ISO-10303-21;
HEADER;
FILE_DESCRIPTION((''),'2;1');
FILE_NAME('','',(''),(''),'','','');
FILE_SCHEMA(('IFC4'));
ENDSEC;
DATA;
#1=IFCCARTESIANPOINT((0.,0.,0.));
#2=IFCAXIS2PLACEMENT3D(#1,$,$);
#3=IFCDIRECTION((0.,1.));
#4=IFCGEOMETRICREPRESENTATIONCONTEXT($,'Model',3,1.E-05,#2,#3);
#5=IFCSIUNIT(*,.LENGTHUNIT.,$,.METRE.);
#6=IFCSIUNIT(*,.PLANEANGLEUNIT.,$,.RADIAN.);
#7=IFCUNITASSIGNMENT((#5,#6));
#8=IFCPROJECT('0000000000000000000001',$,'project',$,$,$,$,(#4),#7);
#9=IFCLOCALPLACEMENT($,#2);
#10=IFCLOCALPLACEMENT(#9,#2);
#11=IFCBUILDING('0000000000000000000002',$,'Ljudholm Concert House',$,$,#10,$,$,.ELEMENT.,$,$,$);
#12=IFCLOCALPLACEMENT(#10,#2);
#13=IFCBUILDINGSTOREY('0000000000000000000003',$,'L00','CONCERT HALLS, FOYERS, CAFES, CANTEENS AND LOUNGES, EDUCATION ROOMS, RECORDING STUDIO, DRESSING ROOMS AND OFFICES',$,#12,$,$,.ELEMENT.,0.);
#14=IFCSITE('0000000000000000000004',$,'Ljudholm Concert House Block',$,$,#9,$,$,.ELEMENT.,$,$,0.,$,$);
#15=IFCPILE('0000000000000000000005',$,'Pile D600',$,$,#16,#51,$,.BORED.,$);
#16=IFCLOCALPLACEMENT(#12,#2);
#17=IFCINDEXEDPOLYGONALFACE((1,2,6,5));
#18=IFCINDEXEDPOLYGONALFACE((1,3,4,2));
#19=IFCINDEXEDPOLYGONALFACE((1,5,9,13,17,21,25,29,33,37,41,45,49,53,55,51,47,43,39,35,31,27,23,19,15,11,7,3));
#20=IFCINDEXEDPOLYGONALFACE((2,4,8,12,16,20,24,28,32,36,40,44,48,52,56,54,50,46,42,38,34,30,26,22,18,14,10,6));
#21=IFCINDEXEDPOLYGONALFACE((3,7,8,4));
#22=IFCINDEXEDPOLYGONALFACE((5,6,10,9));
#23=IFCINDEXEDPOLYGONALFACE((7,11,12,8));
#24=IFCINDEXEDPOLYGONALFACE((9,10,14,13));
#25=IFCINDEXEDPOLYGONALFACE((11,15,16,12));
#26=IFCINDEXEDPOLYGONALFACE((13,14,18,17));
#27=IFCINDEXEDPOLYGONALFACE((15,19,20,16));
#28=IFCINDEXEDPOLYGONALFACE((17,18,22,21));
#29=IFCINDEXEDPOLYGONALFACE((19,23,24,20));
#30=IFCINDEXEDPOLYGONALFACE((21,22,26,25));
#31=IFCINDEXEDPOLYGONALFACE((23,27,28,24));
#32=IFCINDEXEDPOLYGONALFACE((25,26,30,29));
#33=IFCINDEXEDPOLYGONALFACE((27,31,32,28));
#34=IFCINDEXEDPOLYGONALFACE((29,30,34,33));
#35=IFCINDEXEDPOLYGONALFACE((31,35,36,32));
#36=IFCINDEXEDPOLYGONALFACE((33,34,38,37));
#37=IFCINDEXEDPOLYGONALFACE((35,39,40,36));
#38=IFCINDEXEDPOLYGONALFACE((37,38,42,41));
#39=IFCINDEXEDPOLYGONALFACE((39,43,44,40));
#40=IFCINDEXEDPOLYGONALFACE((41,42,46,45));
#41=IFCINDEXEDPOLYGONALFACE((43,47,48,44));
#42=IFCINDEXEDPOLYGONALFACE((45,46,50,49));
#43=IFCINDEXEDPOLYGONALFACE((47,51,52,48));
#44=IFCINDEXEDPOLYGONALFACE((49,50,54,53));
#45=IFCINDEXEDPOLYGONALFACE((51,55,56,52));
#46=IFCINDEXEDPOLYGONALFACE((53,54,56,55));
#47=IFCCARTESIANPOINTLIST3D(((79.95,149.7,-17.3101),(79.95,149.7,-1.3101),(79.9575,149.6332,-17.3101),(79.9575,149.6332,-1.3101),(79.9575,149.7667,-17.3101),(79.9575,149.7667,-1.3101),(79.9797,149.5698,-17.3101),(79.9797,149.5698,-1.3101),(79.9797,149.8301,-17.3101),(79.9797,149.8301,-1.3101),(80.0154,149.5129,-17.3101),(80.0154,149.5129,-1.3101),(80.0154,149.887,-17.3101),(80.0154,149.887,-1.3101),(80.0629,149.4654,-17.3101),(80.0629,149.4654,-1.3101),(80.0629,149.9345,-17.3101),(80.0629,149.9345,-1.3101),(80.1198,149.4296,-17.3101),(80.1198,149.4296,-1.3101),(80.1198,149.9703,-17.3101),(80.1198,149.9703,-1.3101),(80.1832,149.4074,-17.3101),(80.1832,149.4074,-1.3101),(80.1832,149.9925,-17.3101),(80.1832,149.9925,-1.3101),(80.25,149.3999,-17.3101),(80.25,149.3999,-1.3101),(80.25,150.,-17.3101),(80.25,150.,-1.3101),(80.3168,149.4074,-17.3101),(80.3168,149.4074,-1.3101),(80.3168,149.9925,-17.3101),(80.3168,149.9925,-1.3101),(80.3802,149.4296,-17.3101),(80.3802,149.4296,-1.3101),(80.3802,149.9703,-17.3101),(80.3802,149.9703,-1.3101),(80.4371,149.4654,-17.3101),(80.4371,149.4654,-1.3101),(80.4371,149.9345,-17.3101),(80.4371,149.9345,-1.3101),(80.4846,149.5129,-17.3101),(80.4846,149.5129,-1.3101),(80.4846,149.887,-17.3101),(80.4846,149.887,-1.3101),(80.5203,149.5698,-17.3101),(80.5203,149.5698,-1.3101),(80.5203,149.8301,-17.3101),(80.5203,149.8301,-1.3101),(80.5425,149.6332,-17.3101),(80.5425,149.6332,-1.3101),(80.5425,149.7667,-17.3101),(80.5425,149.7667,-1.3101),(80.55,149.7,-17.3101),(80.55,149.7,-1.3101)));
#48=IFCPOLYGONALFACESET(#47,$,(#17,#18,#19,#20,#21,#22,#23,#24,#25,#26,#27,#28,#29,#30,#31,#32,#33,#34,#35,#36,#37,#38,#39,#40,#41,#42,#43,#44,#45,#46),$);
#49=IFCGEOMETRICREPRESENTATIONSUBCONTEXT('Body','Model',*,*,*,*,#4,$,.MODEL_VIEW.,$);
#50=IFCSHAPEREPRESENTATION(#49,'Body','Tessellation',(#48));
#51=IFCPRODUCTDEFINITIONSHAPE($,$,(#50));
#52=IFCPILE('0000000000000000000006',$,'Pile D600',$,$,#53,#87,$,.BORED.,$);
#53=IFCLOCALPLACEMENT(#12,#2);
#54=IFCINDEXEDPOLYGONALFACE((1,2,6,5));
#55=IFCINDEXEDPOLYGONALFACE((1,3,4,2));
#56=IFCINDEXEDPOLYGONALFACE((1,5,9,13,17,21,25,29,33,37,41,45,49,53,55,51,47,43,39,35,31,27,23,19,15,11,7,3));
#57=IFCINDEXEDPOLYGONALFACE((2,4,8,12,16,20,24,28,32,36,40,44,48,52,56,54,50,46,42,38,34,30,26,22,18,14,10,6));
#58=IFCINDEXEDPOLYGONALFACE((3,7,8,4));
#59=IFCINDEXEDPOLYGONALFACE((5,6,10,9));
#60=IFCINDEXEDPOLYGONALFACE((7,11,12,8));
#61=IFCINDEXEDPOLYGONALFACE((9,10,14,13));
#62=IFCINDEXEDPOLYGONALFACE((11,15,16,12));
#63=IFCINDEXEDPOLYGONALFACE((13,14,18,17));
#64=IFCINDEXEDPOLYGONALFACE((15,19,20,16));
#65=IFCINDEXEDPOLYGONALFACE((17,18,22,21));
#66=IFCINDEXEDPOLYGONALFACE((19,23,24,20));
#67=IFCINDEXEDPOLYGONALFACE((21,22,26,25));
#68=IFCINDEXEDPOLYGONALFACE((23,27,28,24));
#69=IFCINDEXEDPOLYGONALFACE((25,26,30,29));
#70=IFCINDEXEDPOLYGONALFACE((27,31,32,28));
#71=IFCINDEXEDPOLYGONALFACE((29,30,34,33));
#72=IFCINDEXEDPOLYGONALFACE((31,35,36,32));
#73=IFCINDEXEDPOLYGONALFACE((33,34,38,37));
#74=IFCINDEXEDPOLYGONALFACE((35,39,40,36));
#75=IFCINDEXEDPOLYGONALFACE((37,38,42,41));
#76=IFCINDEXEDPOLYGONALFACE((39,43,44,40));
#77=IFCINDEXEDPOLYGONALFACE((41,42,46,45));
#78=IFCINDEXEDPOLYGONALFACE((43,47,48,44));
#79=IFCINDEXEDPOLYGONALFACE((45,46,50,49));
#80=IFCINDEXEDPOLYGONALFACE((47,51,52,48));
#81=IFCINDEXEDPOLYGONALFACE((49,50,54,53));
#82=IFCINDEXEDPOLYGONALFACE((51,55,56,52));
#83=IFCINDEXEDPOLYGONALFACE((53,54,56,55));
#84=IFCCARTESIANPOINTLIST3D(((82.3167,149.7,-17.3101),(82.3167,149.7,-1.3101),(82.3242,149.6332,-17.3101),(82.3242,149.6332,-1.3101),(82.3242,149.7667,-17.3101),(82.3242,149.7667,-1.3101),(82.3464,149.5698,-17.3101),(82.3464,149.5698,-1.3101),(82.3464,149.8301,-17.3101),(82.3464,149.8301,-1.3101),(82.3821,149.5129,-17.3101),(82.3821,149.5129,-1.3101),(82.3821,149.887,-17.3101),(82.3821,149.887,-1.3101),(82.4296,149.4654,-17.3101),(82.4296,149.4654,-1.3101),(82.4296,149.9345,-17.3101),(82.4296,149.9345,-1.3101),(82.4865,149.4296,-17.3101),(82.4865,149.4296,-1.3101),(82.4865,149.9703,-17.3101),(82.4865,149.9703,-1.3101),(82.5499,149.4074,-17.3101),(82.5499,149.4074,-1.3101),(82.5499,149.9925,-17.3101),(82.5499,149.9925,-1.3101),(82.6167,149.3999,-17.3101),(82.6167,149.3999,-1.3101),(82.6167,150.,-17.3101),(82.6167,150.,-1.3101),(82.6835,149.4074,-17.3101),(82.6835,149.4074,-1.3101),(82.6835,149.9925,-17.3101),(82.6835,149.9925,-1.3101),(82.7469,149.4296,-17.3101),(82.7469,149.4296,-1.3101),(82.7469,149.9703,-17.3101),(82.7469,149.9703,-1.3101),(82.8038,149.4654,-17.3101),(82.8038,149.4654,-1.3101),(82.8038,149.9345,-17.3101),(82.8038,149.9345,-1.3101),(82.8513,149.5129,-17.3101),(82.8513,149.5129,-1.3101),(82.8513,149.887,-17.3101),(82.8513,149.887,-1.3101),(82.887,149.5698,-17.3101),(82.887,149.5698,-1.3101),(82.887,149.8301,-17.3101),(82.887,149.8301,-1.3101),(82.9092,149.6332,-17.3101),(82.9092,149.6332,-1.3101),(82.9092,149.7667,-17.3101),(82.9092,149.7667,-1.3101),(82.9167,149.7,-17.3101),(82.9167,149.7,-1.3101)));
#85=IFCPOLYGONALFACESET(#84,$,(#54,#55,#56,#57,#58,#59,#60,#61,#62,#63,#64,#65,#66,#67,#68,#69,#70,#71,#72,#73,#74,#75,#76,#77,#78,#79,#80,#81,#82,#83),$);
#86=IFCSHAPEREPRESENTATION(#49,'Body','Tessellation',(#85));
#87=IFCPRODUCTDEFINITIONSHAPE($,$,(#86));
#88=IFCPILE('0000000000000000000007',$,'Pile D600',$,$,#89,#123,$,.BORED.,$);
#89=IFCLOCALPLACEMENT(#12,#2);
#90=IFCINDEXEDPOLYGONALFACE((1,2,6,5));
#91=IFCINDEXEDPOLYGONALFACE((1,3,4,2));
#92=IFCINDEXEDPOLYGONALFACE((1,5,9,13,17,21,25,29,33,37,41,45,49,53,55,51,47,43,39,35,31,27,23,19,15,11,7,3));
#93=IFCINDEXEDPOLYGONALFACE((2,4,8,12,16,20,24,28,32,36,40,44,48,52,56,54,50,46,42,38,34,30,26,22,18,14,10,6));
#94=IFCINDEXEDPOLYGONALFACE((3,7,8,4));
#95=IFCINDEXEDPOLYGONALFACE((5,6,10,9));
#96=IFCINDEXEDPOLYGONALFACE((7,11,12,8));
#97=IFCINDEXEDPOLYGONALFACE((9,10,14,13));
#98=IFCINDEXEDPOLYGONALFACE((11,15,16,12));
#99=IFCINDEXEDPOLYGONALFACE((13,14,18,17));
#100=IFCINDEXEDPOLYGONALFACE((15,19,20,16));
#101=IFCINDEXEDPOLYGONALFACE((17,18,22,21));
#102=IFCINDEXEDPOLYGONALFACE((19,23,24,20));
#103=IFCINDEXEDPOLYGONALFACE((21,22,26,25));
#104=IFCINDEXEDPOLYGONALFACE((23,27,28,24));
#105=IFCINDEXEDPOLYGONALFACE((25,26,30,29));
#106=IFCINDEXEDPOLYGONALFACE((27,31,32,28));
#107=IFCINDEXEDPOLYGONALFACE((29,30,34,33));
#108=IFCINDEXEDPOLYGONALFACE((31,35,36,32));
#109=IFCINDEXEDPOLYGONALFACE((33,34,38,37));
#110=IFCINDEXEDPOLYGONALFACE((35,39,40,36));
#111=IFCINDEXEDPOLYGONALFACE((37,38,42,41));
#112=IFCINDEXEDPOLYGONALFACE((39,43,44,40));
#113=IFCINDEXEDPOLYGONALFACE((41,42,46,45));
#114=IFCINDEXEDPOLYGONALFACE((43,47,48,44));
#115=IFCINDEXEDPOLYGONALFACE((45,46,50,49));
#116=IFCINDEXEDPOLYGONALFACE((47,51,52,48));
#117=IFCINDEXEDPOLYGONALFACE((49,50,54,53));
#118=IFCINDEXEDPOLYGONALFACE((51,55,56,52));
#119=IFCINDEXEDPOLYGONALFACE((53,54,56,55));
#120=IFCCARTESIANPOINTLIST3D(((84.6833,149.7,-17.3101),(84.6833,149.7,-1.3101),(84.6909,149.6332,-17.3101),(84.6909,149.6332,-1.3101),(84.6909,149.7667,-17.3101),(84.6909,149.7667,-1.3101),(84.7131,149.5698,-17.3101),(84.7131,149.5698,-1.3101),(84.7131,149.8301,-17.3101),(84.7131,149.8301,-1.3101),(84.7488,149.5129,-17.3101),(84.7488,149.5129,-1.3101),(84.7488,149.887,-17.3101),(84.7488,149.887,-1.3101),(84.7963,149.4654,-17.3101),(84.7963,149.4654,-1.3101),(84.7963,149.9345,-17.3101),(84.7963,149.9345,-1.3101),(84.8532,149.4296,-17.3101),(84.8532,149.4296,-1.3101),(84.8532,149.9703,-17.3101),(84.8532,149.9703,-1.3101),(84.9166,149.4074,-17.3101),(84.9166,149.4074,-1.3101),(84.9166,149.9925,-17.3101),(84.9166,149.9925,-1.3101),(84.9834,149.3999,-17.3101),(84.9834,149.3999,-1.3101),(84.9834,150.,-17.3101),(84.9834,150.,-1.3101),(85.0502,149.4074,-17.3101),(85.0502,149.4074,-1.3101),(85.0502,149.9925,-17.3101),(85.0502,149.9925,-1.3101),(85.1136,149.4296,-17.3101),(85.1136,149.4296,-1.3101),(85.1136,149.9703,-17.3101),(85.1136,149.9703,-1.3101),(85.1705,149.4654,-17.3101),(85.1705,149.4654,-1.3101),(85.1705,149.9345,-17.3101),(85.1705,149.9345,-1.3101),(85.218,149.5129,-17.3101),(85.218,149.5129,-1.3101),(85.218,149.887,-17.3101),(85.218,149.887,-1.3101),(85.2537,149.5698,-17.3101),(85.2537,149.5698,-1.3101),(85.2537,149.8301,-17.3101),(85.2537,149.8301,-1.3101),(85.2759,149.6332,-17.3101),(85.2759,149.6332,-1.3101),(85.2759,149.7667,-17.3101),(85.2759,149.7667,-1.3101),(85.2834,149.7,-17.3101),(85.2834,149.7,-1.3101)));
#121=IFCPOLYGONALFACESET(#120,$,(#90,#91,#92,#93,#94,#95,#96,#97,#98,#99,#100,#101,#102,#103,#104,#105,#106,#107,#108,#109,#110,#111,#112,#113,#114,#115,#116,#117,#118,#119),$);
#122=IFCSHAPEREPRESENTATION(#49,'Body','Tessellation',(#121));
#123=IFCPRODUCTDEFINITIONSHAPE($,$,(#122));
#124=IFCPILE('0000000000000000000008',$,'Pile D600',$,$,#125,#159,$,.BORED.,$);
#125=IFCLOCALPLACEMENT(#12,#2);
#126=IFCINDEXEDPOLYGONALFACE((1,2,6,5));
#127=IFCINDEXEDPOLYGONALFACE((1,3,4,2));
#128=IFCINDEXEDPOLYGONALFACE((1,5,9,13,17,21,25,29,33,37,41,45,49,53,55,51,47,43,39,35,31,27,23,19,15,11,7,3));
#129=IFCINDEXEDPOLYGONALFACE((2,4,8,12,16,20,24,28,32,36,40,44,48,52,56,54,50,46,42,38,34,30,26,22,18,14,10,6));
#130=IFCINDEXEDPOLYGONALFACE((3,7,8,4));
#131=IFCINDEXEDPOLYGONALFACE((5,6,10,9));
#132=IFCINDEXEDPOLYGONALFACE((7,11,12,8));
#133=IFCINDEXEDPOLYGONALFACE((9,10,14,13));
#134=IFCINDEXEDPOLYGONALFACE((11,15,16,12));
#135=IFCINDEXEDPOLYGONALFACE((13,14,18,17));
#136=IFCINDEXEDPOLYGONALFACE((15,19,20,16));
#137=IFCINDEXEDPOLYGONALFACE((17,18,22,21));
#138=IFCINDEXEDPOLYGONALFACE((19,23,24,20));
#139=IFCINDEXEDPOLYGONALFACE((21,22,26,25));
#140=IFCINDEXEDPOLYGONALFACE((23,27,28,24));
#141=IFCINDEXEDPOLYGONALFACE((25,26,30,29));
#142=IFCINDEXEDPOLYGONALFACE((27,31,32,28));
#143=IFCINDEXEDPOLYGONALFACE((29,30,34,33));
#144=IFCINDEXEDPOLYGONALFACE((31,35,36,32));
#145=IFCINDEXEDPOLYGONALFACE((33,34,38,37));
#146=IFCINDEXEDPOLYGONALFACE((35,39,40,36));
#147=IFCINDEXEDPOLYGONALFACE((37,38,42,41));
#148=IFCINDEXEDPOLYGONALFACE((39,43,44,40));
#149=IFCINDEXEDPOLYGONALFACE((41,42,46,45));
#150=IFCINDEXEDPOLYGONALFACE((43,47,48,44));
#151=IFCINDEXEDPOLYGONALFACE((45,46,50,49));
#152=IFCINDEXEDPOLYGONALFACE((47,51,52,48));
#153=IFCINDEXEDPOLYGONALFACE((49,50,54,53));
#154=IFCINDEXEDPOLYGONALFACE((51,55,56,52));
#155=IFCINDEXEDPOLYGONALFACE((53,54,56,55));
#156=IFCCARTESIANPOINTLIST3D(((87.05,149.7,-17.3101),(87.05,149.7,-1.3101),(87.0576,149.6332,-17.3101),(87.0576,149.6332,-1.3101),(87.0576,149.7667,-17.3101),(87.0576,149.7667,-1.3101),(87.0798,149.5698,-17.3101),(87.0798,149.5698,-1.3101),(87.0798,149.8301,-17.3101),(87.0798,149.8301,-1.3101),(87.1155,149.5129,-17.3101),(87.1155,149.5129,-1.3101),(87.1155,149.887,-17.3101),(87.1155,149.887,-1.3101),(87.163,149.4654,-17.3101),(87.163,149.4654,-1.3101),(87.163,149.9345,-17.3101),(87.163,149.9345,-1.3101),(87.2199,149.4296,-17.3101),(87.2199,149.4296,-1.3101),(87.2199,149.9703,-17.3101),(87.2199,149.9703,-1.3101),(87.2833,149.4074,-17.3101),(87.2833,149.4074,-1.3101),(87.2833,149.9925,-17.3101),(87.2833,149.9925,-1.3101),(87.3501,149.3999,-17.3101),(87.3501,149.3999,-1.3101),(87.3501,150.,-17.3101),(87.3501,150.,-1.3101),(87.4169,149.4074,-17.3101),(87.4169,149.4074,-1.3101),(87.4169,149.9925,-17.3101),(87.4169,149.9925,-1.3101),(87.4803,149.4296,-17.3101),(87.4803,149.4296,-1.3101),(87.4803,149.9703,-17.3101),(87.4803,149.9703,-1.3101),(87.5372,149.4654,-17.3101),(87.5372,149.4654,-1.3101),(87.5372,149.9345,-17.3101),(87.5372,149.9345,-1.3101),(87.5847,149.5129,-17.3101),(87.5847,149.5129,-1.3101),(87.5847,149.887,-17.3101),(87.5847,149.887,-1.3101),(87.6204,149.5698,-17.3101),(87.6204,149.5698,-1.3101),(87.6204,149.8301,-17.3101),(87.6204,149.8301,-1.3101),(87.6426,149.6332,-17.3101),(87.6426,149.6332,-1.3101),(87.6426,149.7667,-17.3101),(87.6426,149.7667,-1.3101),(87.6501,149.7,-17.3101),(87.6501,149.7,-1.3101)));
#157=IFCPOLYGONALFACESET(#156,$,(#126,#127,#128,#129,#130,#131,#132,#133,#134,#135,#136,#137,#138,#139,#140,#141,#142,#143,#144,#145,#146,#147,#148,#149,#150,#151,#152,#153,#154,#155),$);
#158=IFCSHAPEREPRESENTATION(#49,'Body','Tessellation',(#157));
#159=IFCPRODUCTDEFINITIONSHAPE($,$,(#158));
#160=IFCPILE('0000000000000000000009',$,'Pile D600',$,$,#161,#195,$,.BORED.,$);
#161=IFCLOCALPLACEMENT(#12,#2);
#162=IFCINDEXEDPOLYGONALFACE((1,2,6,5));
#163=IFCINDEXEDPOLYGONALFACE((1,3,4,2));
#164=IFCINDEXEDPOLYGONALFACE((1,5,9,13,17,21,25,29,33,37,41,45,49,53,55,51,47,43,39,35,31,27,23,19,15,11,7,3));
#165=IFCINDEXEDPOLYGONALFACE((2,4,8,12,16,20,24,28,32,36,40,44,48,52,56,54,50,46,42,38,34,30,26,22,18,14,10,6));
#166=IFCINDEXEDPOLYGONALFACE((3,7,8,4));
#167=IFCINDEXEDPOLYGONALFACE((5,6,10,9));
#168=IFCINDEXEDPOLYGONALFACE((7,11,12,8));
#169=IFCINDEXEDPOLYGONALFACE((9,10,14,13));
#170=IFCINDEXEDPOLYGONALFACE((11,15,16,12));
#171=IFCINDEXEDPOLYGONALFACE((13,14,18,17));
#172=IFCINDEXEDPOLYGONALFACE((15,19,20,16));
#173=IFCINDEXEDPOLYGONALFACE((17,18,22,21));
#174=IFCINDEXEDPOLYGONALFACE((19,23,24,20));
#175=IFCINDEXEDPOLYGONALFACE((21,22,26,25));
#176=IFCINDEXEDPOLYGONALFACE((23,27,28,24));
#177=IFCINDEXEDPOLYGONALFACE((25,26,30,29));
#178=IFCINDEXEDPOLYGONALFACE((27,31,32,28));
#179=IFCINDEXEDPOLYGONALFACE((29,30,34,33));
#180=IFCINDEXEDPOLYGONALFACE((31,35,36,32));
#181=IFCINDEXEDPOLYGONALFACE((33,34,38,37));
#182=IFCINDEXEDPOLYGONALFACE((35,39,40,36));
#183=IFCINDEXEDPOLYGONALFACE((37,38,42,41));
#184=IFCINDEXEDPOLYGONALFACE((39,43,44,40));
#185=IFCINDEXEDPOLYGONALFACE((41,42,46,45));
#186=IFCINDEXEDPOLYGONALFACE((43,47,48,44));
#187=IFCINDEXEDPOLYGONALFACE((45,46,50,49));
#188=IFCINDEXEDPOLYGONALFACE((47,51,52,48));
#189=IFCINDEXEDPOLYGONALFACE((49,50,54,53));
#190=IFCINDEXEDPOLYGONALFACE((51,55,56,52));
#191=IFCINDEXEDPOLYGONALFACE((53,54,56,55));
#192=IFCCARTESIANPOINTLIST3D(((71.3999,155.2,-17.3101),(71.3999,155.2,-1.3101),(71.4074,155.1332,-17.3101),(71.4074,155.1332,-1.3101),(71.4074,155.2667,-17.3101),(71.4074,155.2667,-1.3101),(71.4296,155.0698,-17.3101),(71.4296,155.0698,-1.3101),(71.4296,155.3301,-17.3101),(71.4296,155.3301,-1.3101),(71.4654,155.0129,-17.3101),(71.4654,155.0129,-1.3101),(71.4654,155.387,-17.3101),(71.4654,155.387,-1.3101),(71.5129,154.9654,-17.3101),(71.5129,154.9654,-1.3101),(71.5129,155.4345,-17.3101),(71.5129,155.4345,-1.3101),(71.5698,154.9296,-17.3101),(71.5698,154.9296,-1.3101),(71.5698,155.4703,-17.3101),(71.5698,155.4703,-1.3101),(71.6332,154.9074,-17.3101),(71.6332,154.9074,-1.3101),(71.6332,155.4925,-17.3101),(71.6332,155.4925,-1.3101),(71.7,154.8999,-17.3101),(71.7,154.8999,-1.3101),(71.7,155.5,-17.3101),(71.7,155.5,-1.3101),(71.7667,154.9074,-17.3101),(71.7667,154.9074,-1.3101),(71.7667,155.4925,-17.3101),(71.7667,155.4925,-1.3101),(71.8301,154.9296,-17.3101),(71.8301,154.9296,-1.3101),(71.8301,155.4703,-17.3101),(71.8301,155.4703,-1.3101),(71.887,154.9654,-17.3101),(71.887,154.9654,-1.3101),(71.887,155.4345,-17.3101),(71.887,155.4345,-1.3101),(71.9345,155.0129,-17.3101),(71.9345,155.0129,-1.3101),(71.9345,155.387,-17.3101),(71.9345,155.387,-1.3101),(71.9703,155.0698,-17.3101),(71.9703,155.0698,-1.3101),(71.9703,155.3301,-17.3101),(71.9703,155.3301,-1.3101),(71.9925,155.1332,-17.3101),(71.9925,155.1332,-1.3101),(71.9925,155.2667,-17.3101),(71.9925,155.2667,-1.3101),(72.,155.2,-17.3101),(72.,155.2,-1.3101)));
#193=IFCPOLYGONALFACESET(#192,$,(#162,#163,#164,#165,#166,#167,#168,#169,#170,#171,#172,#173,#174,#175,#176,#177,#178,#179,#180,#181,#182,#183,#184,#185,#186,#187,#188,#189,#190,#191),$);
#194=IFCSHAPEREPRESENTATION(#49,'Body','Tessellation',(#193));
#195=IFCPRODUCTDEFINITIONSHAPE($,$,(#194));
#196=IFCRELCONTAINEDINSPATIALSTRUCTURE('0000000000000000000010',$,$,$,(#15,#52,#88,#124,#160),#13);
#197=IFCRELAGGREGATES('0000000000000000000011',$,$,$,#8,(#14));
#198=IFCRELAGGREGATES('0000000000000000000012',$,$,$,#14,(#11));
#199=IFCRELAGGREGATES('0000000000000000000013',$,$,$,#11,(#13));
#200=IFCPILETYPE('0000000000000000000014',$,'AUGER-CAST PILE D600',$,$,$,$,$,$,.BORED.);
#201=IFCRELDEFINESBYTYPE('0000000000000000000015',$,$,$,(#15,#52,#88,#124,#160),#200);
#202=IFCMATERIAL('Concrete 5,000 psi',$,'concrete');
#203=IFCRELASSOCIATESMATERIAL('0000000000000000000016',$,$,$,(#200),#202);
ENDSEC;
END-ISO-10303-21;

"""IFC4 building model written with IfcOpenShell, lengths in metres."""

from ifc_helpers import new_model, si_unit, direction, frame, origin, origin_2d, place, context, subcontext, project, spatial, circle, extrude, material, material_profile, profile_set, type_object, element, save


model = new_model("IFC4")

# Units and contexts
model_context = context("Model", 3, precision=1e-05, world=origin(), true_north=direction((0.0, 1.0)))
body_context = subcontext(model_context, "Body", "Model", "MODEL_VIEW")
ifc_project = project(units=[si_unit("LENGTHUNIT", "METRE"), si_unit("PLANEANGLEUNIT", "RADIAN")], contexts=[model_context])

# Site, building, storey
site_placement = place(None, origin())
site = spatial("IfcSite", under=ifc_project, at=site_placement, Name="Ljudholm Concert House Block", CompositionType="ELEMENT", RefElevation=0.0)
building_placement = place(site_placement, origin())
building = spatial("IfcBuilding", under=site, at=building_placement, Name="Ljudholm Concert House", CompositionType="ELEMENT")
storey_placement = place(building_placement, origin())
storey = spatial("IfcBuildingStorey", under=building, at=storey_placement, Name="L00", Description="CONCERT HALLS, FOYERS, CAFES, CANTEENS AND LOUNGES, EDUCATION ROOMS, RECORDING STUDIO, DRESSING ROOMS AND OFFICES", CompositionType="ELEMENT", Elevation=0.0)

# Piles
ifc_material_1 = material(Name="Concrete 5,000 psi", Category="concrete")
ifc_material_profile = material_profile(ifc_material_1, circle(Radius=0.3, at=origin_2d()), Name="AUGER-CAST PILE D600")
ifc_profile_set = profile_set([ifc_material_profile], Name="Concrete 5,000 psi")
pile_type = type_object("IfcPileType", Name="AUGER-CAST PILE D600", PredefinedType="BORED", material=ifc_profile_set)
for number, where, z_axis, x_axis, name in (
    (1, (80.25, 149.7, -1.3101), (0.0, 0.0, -1.0), (1.0, 0.0, 0.0), "Pile D600"),
    (2, (82.6167, 149.7, -1.3101), (0.0, 0.0, -1.0), (1.0, 0.0, 0.0), "Pile D600"),
    (3, (84.9834, 149.7, -1.3101), (0.0, 0.0, -1.0), (1.0, 0.0, 0.0), "Pile D600"),
    (4, (87.3501, 149.7, -1.3101), (0.0, 0.0, -1.0), (1.0, 0.0, 0.0), "Pile D600"),
    (5, (71.7, 155.2, -1.3101), (0.0, 0.0, -1.0), (1.0, 0.0, 0.0), "Pile D600"),
):
    element("IfcPile", number, at=place(storey_placement, frame(where, z_axis=z_axis, x_axis=x_axis)), inside=storey, type_object=pile_type, Name=name, PredefinedType="BORED", context=body_context, shape_type="SweptSolid", body=[
        extrude(circle(Radius=0.3, at=origin_2d()), origin(), (0.0, 0.0, 1.0), 16.0),
    ])

save(model, "model.ifc")
